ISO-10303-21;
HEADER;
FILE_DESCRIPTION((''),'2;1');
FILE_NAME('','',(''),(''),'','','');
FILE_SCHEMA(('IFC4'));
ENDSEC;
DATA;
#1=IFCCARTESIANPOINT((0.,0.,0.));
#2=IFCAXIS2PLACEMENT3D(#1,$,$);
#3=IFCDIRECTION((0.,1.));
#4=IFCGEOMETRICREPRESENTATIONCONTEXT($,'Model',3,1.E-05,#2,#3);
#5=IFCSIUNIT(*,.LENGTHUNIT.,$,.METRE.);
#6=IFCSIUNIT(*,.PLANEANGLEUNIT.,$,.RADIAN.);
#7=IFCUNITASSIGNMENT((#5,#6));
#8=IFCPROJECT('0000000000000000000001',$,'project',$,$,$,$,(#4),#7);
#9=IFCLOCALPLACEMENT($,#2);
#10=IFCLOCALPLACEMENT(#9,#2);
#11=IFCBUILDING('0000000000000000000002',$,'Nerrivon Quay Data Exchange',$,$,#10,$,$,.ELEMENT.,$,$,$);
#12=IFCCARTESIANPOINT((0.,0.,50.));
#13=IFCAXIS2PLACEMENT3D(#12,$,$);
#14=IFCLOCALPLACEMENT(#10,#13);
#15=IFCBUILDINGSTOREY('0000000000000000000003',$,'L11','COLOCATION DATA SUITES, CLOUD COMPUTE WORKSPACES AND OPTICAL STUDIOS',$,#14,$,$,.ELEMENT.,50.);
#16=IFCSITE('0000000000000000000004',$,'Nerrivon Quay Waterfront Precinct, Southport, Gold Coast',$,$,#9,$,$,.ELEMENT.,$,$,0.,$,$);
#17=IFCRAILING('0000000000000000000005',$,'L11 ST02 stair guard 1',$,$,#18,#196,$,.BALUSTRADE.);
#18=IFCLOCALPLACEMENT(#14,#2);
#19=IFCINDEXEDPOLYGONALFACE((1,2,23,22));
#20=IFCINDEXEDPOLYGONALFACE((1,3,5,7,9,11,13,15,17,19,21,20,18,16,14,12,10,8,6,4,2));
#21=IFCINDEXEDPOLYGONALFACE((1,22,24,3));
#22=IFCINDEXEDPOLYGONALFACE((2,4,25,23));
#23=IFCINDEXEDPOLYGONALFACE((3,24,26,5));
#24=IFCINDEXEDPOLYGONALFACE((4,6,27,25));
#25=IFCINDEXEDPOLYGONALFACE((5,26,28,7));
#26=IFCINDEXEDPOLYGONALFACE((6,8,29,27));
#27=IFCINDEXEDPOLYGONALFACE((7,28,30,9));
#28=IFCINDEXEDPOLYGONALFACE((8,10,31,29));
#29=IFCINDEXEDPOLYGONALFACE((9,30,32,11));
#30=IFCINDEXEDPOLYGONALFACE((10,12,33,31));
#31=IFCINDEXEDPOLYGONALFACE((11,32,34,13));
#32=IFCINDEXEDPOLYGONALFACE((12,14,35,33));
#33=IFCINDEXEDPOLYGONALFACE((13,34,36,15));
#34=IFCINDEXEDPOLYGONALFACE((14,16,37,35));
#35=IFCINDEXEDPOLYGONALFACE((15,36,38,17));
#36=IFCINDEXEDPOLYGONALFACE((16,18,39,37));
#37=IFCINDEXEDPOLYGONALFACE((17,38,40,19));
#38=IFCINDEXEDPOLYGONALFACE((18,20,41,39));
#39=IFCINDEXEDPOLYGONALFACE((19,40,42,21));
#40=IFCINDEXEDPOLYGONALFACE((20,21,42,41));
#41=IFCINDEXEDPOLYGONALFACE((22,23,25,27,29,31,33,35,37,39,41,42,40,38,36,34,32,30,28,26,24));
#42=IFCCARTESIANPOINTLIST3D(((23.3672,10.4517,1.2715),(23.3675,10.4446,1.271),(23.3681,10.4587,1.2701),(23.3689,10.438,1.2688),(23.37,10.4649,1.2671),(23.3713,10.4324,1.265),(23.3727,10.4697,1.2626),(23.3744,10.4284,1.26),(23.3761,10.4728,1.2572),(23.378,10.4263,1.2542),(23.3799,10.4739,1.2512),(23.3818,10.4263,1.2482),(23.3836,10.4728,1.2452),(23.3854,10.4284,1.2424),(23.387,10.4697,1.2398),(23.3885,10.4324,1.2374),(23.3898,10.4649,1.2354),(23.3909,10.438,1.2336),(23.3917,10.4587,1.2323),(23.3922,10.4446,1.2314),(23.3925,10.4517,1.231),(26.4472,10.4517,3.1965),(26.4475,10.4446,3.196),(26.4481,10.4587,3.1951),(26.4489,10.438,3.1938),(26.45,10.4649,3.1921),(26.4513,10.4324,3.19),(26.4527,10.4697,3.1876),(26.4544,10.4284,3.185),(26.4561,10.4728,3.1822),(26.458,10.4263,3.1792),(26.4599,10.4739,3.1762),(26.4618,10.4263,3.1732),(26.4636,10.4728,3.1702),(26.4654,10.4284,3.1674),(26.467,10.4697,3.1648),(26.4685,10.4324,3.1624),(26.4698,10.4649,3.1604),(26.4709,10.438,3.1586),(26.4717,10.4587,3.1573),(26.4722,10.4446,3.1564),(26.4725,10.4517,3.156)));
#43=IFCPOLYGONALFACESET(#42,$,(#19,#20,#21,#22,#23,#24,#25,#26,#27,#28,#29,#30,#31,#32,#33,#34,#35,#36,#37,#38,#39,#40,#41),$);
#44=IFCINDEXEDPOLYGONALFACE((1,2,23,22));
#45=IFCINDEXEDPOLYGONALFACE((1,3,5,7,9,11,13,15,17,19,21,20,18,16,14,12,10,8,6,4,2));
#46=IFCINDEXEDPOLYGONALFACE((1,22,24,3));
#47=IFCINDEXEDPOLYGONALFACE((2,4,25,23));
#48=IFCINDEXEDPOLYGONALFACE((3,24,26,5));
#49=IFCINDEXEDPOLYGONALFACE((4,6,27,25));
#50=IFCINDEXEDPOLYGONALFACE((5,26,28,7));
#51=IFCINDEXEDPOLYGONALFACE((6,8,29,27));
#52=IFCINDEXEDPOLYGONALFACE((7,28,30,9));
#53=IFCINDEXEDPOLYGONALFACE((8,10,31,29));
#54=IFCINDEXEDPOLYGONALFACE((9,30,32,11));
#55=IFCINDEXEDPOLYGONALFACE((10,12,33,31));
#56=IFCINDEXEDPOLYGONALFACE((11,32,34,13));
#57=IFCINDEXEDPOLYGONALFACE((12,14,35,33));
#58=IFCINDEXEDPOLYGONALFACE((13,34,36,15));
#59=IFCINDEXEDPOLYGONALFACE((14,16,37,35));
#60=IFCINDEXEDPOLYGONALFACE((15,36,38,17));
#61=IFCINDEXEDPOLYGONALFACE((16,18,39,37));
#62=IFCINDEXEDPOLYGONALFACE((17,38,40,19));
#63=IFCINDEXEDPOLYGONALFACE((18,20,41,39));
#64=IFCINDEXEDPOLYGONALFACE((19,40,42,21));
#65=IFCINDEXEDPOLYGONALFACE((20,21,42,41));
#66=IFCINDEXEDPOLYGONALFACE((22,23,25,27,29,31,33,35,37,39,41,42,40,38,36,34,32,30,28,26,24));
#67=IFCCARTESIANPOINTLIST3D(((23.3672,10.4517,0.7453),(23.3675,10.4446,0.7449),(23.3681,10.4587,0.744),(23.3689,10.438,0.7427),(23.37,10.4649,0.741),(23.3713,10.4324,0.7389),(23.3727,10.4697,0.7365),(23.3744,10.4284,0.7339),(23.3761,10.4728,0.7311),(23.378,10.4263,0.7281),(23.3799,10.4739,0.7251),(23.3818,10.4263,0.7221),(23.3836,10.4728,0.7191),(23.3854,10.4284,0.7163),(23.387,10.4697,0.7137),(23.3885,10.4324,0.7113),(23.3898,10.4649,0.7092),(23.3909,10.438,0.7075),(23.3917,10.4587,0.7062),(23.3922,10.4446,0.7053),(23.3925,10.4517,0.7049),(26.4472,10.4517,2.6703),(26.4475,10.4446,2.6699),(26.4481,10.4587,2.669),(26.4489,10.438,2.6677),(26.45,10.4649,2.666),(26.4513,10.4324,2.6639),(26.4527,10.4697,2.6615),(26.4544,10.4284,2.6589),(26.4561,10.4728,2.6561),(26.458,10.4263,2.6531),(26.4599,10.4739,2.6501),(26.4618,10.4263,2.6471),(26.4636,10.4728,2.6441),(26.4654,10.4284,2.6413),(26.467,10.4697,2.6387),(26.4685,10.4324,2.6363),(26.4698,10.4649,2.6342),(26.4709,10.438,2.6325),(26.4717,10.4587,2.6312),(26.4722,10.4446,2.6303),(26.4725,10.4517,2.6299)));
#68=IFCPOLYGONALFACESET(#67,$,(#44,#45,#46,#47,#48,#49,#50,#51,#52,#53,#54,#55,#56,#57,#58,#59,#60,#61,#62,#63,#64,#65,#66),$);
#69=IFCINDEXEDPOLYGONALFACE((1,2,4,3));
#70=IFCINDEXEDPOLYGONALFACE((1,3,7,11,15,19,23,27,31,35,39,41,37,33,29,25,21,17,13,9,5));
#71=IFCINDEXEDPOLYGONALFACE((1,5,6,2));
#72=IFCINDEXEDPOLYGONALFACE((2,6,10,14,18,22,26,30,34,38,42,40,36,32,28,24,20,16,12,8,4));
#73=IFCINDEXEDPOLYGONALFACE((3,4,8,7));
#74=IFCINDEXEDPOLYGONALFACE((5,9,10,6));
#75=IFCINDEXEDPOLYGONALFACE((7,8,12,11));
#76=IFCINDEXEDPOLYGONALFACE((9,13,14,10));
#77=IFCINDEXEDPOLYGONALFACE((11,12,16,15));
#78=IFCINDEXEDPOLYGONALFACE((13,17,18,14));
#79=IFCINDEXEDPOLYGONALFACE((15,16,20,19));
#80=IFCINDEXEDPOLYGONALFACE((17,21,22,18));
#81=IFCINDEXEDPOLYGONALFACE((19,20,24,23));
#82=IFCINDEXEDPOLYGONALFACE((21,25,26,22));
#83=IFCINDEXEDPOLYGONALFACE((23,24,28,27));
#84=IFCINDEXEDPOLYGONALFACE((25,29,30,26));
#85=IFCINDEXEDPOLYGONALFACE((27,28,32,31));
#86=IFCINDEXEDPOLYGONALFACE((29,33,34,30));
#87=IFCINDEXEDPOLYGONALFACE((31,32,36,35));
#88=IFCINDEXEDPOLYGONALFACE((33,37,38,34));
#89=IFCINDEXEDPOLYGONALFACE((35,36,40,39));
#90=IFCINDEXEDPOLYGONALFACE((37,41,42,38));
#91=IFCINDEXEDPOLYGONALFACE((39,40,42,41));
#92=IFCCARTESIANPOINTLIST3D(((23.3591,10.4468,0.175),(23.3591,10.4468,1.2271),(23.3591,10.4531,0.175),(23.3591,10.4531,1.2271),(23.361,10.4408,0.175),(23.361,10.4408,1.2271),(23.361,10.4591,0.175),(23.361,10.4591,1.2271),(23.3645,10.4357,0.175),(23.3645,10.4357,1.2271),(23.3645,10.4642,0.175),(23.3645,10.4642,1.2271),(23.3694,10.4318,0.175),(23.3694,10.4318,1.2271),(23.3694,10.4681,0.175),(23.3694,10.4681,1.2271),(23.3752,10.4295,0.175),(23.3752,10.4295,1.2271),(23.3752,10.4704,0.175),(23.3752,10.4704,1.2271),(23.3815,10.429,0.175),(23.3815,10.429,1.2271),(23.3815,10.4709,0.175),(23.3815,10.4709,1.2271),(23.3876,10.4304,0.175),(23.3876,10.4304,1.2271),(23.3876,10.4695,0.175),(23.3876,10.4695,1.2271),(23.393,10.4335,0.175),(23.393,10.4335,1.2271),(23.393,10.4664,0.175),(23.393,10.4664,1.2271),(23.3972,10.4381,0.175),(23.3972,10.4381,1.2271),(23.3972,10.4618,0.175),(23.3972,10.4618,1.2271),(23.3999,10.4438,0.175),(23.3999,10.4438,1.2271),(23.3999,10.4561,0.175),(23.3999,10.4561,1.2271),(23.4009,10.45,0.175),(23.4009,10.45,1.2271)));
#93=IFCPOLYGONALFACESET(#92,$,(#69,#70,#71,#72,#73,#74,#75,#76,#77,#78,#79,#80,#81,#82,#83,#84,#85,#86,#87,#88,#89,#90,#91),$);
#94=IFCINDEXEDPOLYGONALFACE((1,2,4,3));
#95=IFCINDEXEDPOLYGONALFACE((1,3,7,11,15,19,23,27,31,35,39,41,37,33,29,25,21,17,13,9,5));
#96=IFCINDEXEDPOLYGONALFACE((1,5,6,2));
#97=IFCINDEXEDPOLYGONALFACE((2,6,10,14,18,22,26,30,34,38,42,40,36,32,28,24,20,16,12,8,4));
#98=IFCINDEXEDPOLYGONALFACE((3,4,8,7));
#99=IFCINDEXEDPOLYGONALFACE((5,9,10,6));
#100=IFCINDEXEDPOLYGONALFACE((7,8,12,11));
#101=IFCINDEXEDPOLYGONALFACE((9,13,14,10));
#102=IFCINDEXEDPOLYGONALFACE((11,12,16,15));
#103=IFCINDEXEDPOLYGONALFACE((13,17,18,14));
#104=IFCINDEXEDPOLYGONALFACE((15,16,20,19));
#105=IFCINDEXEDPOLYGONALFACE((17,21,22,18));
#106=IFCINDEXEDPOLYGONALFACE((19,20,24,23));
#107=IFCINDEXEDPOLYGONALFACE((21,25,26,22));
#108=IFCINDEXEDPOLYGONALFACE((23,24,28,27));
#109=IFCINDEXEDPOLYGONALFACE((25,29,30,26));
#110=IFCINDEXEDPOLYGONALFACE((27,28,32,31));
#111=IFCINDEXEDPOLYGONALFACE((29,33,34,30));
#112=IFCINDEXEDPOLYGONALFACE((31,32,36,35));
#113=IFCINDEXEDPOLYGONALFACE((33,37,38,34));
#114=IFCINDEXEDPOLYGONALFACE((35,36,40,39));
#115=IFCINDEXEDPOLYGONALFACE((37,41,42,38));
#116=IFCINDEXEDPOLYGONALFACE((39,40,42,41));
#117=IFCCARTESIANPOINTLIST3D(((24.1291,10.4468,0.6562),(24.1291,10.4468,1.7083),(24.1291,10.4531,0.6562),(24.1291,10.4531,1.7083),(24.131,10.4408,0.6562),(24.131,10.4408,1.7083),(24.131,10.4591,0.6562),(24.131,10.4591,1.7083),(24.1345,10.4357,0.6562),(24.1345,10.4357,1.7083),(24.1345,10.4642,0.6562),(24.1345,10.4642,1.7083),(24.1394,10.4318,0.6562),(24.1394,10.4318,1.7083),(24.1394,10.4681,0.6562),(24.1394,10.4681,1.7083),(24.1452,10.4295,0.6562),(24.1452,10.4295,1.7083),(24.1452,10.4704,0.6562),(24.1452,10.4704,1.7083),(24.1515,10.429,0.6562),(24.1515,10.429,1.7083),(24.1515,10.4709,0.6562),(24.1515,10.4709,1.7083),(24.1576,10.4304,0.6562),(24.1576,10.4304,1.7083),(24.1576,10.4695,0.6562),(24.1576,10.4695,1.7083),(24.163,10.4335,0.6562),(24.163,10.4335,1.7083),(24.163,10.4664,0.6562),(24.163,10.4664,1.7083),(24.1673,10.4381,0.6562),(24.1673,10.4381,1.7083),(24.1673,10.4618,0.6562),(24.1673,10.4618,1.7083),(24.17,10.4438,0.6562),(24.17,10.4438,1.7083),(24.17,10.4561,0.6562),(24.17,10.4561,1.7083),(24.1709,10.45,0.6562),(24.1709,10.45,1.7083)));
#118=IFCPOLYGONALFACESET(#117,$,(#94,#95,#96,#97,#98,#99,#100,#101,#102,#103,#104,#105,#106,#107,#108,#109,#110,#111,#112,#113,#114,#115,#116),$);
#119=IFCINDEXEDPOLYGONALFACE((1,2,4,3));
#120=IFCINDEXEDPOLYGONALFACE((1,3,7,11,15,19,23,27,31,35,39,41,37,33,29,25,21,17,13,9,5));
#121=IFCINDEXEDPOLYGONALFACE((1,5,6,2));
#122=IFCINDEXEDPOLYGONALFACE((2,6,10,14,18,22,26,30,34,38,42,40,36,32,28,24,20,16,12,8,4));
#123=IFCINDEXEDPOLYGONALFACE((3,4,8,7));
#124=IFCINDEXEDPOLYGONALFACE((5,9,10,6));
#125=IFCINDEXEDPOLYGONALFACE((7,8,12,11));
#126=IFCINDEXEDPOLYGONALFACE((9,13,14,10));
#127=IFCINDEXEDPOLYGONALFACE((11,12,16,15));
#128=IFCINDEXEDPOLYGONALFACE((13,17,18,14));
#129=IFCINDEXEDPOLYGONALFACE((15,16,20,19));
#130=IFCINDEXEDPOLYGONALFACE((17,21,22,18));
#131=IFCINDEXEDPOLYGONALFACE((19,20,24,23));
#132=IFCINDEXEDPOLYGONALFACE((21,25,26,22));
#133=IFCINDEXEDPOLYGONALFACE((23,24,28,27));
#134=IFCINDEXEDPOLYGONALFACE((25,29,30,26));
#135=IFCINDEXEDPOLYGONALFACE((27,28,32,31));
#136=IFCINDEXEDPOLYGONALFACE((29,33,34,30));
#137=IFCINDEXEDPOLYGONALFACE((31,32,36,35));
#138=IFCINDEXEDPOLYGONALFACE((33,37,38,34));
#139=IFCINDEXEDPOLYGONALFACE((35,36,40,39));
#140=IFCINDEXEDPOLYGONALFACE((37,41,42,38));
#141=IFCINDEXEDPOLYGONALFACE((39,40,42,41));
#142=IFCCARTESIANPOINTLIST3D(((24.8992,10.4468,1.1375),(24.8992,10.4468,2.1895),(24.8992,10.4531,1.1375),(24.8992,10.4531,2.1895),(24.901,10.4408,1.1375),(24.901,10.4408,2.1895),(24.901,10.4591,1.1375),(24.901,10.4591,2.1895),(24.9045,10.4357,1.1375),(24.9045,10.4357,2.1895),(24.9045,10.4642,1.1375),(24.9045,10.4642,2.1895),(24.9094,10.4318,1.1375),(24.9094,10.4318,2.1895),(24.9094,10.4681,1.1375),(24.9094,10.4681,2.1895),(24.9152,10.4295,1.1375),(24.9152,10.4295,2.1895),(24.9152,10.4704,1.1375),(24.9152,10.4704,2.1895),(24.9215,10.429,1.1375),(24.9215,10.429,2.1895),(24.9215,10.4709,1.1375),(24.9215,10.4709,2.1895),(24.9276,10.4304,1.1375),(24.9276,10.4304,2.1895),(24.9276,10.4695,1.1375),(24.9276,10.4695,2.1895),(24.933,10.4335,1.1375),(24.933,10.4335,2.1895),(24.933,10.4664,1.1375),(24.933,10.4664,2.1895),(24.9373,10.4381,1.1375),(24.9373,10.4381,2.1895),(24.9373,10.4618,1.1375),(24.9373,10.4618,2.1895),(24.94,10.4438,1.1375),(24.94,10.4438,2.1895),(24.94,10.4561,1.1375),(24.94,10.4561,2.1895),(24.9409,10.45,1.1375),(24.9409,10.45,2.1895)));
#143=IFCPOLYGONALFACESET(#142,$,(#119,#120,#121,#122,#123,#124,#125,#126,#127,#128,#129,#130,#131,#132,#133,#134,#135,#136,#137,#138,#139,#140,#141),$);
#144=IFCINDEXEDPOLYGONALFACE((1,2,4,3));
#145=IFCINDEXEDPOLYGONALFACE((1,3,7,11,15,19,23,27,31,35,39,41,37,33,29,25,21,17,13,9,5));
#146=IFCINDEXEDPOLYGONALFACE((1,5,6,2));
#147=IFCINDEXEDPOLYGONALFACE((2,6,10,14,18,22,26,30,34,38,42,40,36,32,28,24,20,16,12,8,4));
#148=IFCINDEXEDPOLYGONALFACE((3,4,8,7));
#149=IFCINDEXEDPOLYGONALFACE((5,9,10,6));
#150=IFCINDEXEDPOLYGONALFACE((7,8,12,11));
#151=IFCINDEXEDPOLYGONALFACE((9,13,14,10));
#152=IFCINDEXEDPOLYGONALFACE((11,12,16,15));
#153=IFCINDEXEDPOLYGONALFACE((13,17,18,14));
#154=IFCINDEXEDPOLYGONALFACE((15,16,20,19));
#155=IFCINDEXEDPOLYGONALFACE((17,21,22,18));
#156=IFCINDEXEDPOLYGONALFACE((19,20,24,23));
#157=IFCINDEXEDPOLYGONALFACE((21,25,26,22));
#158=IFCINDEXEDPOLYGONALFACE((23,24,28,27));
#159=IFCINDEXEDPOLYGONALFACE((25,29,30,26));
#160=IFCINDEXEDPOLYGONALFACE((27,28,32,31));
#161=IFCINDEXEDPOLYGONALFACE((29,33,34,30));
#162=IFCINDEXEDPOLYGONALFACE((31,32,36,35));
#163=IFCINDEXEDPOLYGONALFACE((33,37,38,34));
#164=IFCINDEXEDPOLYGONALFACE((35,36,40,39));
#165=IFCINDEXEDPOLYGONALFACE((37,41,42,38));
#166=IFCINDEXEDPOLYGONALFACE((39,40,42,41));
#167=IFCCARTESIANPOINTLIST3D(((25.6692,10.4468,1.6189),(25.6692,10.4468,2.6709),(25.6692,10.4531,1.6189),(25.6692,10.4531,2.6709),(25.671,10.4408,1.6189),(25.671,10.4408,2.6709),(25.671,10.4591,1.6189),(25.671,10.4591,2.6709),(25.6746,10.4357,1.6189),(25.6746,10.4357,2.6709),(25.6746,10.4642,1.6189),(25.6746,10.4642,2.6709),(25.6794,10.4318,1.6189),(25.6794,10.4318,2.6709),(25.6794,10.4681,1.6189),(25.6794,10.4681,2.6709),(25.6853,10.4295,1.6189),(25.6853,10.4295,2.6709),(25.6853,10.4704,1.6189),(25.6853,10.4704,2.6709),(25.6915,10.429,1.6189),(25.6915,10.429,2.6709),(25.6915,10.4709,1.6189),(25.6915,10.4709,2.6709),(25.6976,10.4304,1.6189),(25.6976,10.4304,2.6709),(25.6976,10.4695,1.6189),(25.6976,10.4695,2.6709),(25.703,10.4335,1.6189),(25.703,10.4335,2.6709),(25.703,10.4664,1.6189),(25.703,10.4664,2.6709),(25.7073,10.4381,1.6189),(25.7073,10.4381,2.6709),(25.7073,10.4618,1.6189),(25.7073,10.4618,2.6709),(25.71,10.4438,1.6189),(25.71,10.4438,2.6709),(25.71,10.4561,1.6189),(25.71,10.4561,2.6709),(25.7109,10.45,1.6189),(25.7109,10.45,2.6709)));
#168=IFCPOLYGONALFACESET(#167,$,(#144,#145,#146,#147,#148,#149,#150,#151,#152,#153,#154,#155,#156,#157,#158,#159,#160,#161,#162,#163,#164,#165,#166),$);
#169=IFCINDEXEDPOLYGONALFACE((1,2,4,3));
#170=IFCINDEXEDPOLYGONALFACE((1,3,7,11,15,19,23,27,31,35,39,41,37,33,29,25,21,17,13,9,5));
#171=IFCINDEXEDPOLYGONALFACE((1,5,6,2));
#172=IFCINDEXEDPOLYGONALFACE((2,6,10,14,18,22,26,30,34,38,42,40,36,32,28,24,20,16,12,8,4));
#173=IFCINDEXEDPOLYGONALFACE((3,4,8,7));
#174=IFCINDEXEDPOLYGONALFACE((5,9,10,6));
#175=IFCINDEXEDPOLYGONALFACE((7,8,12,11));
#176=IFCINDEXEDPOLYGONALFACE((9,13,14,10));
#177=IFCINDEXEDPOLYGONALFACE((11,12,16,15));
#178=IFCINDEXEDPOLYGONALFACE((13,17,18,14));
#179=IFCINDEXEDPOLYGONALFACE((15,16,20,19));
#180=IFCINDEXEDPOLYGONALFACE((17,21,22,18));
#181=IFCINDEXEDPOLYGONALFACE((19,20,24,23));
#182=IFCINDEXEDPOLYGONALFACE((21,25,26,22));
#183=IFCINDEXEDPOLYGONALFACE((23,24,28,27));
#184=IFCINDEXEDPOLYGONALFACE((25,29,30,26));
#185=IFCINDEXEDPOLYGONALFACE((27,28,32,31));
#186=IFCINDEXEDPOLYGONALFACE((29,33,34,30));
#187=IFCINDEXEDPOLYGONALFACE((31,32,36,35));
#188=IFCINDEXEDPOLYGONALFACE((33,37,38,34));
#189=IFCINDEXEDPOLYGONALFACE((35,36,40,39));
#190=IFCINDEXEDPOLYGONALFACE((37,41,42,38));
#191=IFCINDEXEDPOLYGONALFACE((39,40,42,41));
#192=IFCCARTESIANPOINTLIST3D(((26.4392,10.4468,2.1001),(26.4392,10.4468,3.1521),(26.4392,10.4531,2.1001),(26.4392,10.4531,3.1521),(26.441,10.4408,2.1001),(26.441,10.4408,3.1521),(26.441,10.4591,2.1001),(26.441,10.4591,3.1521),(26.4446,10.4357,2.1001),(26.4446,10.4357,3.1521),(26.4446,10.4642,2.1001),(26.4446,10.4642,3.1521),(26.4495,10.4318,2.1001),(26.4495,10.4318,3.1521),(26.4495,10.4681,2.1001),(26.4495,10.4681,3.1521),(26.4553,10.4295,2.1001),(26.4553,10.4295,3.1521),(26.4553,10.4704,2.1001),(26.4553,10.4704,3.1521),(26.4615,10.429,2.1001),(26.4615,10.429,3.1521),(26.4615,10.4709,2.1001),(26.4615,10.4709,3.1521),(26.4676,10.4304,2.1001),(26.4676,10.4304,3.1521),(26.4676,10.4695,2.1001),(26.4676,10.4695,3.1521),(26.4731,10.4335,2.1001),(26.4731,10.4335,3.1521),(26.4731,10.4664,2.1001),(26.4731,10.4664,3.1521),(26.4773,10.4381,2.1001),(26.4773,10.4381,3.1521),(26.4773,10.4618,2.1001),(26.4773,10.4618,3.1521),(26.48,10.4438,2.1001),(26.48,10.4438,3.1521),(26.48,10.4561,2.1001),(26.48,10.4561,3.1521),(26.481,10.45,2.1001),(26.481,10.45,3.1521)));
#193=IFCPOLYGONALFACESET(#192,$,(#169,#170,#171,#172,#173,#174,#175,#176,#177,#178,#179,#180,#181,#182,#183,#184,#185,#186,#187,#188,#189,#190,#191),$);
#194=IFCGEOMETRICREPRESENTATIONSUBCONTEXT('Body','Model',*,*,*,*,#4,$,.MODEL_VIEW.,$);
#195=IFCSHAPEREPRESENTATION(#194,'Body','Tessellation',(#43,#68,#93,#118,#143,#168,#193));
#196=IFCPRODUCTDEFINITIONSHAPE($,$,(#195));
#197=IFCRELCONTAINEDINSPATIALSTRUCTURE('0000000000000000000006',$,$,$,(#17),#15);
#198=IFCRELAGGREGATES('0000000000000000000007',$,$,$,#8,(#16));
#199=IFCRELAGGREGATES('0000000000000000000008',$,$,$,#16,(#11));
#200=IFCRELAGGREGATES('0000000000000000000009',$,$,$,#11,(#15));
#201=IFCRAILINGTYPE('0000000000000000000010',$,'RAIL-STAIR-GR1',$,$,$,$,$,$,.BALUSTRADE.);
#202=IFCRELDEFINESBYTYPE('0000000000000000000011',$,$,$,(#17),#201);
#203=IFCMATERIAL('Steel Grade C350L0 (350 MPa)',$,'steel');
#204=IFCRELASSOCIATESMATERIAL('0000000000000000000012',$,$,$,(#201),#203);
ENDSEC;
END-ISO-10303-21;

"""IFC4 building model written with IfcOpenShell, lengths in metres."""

from ifc_helpers import new_model, si_unit, direction, frame, origin, origin_2d, place, context, subcontext, project, spatial, circle, extrude, material, type_object, element, save


model = new_model("IFC4")

# Units and contexts
model_context = context("Model", 3, precision=1e-05, world=origin(), true_north=direction((0.0, 1.0)))
body_context = subcontext(model_context, "Body", "Model", "MODEL_VIEW")
ifc_project = project(units=[si_unit("LENGTHUNIT", "METRE"), si_unit("PLANEANGLEUNIT", "RADIAN")], contexts=[model_context])

# Site, building, storey
site_placement = place(None, origin())
site = spatial("IfcSite", under=ifc_project, at=site_placement, Name="Nerrivon Quay Waterfront Precinct, Southport, Gold Coast", CompositionType="ELEMENT", RefElevation=0.0)
building_placement = place(site_placement, origin())
building = spatial("IfcBuilding", under=site, at=building_placement, Name="Nerrivon Quay Data Exchange", CompositionType="ELEMENT")
storey_placement = place(building_placement, frame((0.0, 0.0, 50.0)))
storey = spatial("IfcBuildingStorey", under=building, at=storey_placement, Name="L11", Description="COLOCATION DATA SUITES, CLOUD COMPUTE WORKSPACES AND OPTICAL STUDIOS", CompositionType="ELEMENT", Elevation=50.0)

# Railing
ifc_material_1 = material(Name="Steel Grade C350L0 (350 MPa)", Category="steel")
railing_type_1 = type_object("IfcRailingType", Name="RAIL-STAIR-GR1", PredefinedType="BALUSTRADE", material=ifc_material_1)
railing_1_placement = place(storey_placement, frame((23.3799, 10.45, 0.175)))
element("IfcRailing", 1, at=railing_1_placement, inside=storey, type_object=railing_type_1, Name="L11 ST02 stair guard 1", PredefinedType="BALUSTRADE", context=body_context, shape_type="SweptSolid", body=[
    extrude(circle(Radius=0.0239, at=origin_2d()), frame((0.0, 0.0, 1.0762), z_axis=(0.847998, 0.0, 0.529999), x_axis=(0.0, 1.0, 0.0)), (0.0, 0.0, 1.0), 3.6321),
    extrude(circle(Radius=0.0239, at=origin_2d()), frame((0.0, 0.0, 0.55), z_axis=(0.847998, 0.0, 0.529999), x_axis=(0.0, 1.0, 0.0)), (0.0, 0.0, 1.0), 3.6321),
    extrude(circle(Radius=0.021, at=origin_2d()), origin(), (0.0, 0.0, 1.0), 1.052),
    extrude(circle(Radius=0.021, at=origin_2d()), frame((0.77, 0.0, 0.4812)), (0.0, 0.0, 1.0), 1.052),
    extrude(circle(Radius=0.021, at=origin_2d()), frame((1.54, 0.0, 0.9624)), (0.0, 0.0, 1.0), 1.052),
    extrude(circle(Radius=0.021, at=origin_2d()), frame((2.3101, 0.0, 1.4438)), (0.0, 0.0, 1.0), 1.052),
    extrude(circle(Radius=0.021, at=origin_2d()), frame((3.0801, 0.0, 1.925)), (0.0, 0.0, 1.0), 1.052),
])

save(model, "model.ifc")
